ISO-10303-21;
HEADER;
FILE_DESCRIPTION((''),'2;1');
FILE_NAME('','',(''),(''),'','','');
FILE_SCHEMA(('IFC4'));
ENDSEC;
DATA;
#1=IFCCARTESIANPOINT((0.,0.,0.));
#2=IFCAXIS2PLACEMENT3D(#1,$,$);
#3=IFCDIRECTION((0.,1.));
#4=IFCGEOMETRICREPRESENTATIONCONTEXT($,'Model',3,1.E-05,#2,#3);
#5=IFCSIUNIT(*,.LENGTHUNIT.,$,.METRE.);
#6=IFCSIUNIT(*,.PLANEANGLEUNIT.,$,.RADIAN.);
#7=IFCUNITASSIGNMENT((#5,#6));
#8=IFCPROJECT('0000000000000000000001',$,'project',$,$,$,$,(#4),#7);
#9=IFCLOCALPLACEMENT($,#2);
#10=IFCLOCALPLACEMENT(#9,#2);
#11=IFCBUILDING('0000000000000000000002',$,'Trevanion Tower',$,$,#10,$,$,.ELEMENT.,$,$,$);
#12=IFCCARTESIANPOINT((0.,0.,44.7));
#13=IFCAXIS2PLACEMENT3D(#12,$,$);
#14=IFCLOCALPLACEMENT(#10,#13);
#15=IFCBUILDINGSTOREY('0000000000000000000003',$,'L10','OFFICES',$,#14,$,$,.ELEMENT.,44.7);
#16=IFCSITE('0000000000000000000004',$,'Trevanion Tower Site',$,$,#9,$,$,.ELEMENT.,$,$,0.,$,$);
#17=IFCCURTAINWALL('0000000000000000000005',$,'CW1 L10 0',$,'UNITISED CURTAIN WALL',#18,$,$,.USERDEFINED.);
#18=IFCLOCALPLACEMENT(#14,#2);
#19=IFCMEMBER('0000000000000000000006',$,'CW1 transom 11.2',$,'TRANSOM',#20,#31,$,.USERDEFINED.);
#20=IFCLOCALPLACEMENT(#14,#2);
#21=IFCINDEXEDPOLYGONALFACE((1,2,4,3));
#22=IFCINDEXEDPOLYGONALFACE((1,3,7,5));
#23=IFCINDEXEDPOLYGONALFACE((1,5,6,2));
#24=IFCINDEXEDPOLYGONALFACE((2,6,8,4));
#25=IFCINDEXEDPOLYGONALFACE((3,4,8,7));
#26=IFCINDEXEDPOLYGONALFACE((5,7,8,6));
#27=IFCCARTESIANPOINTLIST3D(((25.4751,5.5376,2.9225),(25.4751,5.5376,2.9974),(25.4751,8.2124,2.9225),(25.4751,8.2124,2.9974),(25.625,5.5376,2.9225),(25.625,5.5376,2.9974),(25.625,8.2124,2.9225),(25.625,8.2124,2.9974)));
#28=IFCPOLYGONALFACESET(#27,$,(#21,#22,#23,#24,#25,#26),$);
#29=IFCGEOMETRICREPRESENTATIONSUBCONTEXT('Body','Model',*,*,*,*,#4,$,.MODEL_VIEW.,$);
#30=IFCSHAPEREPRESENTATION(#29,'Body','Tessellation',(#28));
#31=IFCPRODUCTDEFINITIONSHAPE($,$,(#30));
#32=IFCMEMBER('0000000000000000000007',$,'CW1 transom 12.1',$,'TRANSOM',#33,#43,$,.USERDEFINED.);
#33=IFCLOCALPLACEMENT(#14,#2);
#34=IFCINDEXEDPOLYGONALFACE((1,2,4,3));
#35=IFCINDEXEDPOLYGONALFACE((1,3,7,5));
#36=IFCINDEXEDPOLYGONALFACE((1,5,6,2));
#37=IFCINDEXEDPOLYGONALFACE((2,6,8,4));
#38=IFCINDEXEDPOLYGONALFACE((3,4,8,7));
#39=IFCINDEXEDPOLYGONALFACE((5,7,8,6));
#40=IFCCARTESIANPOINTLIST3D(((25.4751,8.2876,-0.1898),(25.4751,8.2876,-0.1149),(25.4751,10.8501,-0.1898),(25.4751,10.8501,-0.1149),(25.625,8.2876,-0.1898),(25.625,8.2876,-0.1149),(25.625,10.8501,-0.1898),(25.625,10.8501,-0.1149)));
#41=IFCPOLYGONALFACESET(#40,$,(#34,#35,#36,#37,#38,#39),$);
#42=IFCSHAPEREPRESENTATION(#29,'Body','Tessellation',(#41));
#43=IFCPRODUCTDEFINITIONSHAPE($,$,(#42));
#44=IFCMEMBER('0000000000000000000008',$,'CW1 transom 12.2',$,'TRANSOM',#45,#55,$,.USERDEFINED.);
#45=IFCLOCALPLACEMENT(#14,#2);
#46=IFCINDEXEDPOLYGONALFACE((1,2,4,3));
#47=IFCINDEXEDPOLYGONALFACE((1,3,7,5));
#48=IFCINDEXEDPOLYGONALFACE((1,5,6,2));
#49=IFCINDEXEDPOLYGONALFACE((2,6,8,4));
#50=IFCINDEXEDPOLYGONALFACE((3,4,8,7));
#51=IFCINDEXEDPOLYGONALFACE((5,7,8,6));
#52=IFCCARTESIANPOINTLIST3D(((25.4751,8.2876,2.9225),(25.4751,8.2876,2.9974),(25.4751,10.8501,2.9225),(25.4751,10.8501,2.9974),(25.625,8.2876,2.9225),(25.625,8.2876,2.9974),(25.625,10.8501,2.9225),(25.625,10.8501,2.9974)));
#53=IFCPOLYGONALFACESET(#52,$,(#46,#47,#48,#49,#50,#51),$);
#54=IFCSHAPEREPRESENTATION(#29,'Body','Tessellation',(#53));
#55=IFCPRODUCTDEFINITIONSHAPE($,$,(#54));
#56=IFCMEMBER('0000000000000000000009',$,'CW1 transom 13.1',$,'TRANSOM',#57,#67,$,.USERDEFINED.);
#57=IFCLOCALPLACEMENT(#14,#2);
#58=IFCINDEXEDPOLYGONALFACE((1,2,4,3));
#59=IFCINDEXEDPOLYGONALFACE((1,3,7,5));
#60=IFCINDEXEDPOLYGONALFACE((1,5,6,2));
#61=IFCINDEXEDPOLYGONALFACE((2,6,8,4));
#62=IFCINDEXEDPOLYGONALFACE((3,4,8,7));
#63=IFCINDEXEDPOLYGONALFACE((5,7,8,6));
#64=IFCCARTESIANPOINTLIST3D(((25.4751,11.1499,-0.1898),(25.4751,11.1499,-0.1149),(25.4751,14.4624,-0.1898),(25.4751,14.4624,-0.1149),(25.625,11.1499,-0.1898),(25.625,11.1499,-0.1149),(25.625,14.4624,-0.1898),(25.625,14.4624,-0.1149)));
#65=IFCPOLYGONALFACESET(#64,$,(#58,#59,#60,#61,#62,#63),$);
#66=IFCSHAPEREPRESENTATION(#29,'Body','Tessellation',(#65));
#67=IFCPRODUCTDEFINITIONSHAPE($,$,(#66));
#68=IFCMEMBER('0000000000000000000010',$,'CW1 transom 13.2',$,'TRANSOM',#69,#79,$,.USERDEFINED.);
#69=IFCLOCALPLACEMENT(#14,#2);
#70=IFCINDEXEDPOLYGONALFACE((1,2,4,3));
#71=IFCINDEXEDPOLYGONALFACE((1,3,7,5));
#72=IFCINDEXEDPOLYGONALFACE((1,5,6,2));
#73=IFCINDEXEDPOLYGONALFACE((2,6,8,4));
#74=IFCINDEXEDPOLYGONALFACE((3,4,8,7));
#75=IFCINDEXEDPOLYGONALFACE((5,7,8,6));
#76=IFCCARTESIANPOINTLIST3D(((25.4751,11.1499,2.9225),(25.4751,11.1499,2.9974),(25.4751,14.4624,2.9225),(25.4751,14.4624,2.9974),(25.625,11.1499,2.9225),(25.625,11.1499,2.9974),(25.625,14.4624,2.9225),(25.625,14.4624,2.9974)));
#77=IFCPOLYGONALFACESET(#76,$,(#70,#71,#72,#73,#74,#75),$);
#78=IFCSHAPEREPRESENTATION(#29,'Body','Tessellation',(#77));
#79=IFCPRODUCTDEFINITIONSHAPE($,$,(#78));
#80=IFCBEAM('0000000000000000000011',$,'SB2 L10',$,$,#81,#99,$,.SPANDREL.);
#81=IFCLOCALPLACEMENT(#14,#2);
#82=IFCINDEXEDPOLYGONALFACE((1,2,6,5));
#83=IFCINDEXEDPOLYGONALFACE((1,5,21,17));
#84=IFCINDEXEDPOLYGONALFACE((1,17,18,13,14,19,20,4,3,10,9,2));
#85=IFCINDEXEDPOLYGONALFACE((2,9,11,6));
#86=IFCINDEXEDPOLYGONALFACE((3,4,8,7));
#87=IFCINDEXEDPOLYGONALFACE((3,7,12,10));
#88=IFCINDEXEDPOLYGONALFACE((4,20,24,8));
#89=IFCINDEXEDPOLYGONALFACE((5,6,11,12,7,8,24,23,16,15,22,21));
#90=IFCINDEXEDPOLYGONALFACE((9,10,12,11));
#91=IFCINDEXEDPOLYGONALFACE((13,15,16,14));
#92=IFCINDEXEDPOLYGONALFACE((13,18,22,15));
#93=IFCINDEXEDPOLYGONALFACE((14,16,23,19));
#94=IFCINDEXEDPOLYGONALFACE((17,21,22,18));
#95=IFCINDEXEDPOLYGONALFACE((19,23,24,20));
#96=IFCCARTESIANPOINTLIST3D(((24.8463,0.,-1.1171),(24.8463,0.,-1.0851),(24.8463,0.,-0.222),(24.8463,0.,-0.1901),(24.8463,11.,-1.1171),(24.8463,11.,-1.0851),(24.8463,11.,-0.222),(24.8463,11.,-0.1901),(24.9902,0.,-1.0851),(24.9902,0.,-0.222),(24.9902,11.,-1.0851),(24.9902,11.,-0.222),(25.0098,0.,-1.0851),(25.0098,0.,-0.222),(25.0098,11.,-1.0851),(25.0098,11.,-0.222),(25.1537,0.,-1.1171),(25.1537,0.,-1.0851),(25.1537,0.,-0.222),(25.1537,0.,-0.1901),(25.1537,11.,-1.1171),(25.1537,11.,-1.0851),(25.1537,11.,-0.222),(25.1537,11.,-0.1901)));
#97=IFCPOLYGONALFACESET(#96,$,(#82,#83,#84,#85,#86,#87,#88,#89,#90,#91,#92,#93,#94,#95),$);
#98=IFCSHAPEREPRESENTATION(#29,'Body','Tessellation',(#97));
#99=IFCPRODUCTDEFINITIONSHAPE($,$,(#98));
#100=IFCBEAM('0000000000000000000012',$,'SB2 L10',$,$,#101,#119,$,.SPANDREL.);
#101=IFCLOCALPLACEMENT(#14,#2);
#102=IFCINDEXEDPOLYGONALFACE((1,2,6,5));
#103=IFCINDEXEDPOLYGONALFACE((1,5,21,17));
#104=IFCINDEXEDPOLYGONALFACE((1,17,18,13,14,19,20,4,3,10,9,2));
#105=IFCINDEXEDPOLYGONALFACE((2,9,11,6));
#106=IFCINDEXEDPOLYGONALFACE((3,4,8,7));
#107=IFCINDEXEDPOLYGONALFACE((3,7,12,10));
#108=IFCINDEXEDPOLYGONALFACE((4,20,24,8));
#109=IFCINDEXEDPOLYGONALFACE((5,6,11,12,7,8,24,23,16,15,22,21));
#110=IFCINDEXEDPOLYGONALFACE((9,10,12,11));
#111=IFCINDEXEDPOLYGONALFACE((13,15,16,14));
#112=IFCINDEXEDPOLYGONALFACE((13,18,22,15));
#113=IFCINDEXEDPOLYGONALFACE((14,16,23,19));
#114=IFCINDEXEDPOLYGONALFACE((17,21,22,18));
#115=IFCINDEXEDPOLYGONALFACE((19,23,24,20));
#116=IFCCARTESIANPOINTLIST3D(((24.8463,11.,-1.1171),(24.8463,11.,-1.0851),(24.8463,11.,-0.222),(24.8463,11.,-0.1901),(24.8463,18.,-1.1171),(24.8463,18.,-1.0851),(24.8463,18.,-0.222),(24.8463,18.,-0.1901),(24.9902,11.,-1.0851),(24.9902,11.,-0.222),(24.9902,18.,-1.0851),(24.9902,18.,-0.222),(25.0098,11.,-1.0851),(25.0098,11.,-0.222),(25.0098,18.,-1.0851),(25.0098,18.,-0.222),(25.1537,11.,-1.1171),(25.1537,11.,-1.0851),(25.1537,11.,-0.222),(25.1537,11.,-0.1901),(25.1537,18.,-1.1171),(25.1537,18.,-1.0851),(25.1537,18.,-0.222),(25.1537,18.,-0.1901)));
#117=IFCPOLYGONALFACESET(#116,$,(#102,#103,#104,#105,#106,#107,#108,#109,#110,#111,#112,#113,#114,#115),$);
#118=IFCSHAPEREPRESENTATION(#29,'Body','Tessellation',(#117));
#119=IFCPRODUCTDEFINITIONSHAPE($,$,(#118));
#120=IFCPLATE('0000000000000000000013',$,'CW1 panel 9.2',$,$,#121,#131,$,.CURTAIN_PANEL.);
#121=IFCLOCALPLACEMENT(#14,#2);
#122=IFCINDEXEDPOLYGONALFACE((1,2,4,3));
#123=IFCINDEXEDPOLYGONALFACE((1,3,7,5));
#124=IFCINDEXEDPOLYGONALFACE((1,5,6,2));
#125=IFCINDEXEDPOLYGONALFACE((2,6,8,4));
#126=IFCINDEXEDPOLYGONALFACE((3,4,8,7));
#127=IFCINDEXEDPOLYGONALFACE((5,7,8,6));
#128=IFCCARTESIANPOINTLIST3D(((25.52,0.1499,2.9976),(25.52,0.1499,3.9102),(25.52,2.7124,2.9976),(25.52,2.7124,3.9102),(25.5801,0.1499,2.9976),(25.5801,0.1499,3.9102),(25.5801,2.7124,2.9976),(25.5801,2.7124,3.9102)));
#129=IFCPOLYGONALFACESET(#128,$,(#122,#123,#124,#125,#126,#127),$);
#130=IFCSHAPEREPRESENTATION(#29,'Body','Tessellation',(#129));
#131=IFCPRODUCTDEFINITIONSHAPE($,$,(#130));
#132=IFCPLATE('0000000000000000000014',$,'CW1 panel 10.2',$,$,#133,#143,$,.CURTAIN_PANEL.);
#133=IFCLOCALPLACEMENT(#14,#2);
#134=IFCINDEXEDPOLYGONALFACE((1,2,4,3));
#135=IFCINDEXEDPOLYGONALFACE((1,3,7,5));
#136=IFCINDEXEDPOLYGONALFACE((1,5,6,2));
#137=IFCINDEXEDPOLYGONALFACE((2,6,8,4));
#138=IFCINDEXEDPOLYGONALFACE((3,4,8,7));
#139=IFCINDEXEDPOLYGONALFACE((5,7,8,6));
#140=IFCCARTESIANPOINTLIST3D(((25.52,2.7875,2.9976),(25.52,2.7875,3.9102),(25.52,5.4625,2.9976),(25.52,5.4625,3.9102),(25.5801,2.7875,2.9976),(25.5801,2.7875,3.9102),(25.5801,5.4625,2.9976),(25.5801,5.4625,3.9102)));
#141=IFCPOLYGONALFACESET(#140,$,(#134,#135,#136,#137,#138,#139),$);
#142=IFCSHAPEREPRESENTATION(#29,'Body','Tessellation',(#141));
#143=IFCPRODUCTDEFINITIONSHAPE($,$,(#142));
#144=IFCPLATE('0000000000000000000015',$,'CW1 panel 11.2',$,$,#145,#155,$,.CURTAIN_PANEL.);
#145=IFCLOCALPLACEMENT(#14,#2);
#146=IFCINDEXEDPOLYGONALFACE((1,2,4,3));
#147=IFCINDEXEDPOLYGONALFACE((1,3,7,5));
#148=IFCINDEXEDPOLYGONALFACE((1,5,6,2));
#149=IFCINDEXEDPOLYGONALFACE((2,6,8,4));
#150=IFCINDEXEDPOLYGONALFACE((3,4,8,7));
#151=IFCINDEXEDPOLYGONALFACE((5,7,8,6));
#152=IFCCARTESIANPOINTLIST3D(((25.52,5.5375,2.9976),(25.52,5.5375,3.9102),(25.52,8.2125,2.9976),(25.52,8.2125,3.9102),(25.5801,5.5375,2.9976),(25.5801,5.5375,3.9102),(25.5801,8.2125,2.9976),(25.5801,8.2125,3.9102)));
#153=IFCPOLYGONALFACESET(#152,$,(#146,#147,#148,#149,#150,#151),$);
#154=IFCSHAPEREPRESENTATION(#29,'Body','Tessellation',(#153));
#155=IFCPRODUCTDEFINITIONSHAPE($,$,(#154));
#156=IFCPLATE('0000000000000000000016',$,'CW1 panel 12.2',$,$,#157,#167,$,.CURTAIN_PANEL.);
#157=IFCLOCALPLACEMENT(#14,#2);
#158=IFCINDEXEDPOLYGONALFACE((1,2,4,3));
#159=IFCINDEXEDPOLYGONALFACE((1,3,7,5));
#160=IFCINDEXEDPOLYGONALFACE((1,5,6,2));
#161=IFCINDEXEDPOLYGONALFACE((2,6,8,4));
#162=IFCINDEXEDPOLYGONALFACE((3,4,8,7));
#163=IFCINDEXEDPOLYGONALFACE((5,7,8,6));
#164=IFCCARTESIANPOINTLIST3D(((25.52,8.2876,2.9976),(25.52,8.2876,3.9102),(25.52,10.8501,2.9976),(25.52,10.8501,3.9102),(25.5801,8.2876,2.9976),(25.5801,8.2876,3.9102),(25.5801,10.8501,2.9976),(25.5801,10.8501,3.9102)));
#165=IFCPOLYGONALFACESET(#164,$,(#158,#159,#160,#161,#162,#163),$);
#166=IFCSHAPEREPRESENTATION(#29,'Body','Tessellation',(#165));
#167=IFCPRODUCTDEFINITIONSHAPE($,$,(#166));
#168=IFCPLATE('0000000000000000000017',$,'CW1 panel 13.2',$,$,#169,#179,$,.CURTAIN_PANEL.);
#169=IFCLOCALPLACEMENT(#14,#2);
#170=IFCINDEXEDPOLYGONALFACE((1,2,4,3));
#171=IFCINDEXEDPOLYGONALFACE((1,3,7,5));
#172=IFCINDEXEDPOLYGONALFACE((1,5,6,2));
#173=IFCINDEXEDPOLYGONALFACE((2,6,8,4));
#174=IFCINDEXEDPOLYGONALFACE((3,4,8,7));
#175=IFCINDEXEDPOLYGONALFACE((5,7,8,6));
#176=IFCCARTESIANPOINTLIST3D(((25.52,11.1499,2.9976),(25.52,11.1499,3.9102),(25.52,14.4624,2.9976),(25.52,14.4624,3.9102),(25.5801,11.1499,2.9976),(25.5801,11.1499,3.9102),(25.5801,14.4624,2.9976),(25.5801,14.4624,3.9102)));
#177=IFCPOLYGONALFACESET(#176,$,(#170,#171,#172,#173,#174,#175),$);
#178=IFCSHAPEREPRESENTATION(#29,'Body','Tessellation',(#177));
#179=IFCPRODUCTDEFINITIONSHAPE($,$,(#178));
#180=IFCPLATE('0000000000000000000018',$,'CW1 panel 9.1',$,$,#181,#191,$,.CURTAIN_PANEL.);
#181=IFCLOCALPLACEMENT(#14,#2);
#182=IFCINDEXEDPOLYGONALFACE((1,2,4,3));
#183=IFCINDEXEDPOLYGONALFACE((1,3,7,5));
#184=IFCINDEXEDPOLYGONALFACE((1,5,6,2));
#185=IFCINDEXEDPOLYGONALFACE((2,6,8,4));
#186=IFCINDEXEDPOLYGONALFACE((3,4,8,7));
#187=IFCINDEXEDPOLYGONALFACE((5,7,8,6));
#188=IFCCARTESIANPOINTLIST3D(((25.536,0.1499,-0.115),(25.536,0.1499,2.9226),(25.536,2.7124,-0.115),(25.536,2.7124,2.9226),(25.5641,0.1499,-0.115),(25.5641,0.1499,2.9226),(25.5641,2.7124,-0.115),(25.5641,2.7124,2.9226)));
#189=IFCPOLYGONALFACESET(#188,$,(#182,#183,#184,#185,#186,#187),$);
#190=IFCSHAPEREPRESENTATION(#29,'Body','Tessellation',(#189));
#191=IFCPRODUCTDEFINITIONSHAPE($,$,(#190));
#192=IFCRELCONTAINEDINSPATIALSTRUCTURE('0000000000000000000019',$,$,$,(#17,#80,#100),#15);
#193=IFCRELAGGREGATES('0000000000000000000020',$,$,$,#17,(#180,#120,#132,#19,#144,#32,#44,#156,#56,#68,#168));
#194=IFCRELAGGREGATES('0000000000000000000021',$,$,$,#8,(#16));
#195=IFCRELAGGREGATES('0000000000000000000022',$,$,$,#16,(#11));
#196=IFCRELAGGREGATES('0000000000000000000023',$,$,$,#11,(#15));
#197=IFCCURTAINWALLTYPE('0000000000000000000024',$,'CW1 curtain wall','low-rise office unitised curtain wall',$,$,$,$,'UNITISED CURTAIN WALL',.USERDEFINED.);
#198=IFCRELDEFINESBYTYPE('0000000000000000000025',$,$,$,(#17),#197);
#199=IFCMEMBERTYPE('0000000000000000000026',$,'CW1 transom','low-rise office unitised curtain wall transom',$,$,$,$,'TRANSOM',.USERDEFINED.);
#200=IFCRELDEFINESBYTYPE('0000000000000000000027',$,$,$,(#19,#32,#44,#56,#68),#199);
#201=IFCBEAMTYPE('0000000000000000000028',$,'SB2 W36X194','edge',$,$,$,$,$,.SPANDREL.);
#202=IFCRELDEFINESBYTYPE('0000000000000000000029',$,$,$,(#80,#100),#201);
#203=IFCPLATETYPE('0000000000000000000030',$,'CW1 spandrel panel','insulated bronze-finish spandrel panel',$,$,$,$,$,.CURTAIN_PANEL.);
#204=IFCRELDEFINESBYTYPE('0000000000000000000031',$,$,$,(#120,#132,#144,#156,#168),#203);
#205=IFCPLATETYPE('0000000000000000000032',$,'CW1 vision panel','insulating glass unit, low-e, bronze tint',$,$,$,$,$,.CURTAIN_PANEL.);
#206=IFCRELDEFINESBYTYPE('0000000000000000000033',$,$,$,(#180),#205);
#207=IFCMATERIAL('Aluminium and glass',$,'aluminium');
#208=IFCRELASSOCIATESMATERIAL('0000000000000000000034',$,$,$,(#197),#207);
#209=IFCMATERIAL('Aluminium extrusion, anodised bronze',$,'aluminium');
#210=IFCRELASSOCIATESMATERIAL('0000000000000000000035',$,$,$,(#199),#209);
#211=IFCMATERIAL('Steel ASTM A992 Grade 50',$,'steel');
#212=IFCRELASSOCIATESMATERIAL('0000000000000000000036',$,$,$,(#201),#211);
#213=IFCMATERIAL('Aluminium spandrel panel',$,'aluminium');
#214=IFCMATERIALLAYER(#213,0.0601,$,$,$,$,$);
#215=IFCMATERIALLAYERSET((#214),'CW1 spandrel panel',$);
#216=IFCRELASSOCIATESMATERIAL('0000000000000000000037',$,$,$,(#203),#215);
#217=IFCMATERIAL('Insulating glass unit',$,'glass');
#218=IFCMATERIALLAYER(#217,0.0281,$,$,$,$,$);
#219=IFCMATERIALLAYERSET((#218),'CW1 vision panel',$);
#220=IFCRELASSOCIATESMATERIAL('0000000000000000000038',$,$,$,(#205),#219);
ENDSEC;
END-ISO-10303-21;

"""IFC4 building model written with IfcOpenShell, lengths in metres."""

from ifc_helpers import new_model, si_unit, direction, frame, origin, origin_2d, place, context, subcontext, project, spatial, rectangle, i_section, extrude, material, layer, layer_set, material_profile, profile_set, type_object, element, aggregate, save


model = new_model("IFC4")

# Units and contexts
model_context = context("Model", 3, precision=1e-05, world=origin(), true_north=direction((0.0, 1.0)))
body_context = subcontext(model_context, "Body", "Model", "MODEL_VIEW")
ifc_project = project(units=[si_unit("LENGTHUNIT", "METRE"), si_unit("PLANEANGLEUNIT", "RADIAN")], contexts=[model_context])

# Site, building, storey
site_placement = place(None, origin())
site = spatial("IfcSite", under=ifc_project, at=site_placement, Name="Trevanion Tower Site", CompositionType="ELEMENT", RefElevation=0.0)
building_placement = place(site_placement, origin())
building = spatial("IfcBuilding", under=site, at=building_placement, Name="Trevanion Tower", CompositionType="ELEMENT")
storey_placement = place(building_placement, frame((0.0, 0.0, 44.7)))
storey = spatial("IfcBuildingStorey", under=building, at=storey_placement, Name="L10", Description="OFFICES", CompositionType="ELEMENT", Elevation=44.7)

# Curtain wall, members
ifc_material_1 = material(Name="Aluminium and glass", Category="aluminium")
curtain_wall_type = type_object("IfcCurtainWallType", Name="CW1 curtain wall", Description="low-rise office unitised curtain wall", ElementType="UNITISED CURTAIN WALL", PredefinedType="USERDEFINED", material=ifc_material_1)
curtain_wall_placement = place(storey_placement, origin())
curtain_wall = element("IfcCurtainWall", 1, at=curtain_wall_placement, inside=storey, type_object=curtain_wall_type, Name="CW1 L10 0", ObjectType="UNITISED CURTAIN WALL", PredefinedType="USERDEFINED")
ifc_material_2 = material(Name="Aluminium extrusion, anodised bronze", Category="aluminium")
ifc_material_profile_1 = material_profile(ifc_material_2, rectangle(XDim=0.1499, YDim=0.075, at=origin_2d()), Name="CW1 transom")
ifc_profile_set_1 = profile_set([ifc_material_profile_1], Name="Aluminium extrusion, anodised bronze")
member_type_1 = type_object("IfcMemberType", Name="CW1 transom", Description="low-rise office unitised curtain wall transom", ElementType="TRANSOM", PredefinedType="USERDEFINED", material=ifc_profile_set_1)
member_1_placement = place(storey_placement, frame((25.55, 5.5376, 2.96), z_axis=(0.0, 1.0, 0.0), x_axis=(-1.0, 0.0, 0.0)))
member_1 = element("IfcMember", 2, at=member_1_placement, type_object=member_type_1, Name="CW1 transom 11.2", ObjectType="TRANSOM", PredefinedType="USERDEFINED", context=body_context, shape_type="SweptSolid", body=[
    extrude(rectangle(XDim=0.1499, YDim=0.075, at=origin_2d()), origin(), (0.0, 0.0, 1.0), 2.6748),
])
member_2_placement = place(storey_placement, frame((25.55, 8.2876, -0.1523), z_axis=(0.0, 1.0, 0.0), x_axis=(-1.0, 0.0, 0.0)))
member_2 = element("IfcMember", 3, at=member_2_placement, type_object=member_type_1, Name="CW1 transom 12.1", ObjectType="TRANSOM", PredefinedType="USERDEFINED", context=body_context, shape_type="SweptSolid", body=[
    extrude(rectangle(XDim=0.1499, YDim=0.075, at=origin_2d()), origin(), (0.0, 0.0, 1.0), 2.5625),
])
member_3_placement = place(storey_placement, frame((25.55, 8.2876, 2.96), z_axis=(0.0, 1.0, 0.0), x_axis=(-1.0, 0.0, 0.0)))
member_3 = element("IfcMember", 4, at=member_3_placement, type_object=member_type_1, Name="CW1 transom 12.2", ObjectType="TRANSOM", PredefinedType="USERDEFINED", context=body_context, shape_type="SweptSolid", body=[
    extrude(rectangle(XDim=0.1499, YDim=0.075, at=origin_2d()), origin(), (0.0, 0.0, 1.0), 2.5625),
])
member_4_placement = place(storey_placement, frame((25.55, 11.1499, -0.1523), z_axis=(0.0, 1.0, 0.0), x_axis=(-1.0, 0.0, 0.0)))
member_4 = element("IfcMember", 5, at=member_4_placement, type_object=member_type_1, Name="CW1 transom 13.1", ObjectType="TRANSOM", PredefinedType="USERDEFINED", context=body_context, shape_type="SweptSolid", body=[
    extrude(rectangle(XDim=0.1499, YDim=0.075, at=origin_2d()), origin(), (0.0, 0.0, 1.0), 3.3125),
])
member_5_placement = place(storey_placement, frame((25.55, 11.1499, 2.96), z_axis=(0.0, 1.0, 0.0), x_axis=(-1.0, 0.0, 0.0)))
member_5 = element("IfcMember", 6, at=member_5_placement, type_object=member_type_1, Name="CW1 transom 13.2", ObjectType="TRANSOM", PredefinedType="USERDEFINED", context=body_context, shape_type="SweptSolid", body=[
    extrude(rectangle(XDim=0.1499, YDim=0.075, at=origin_2d()), origin(), (0.0, 0.0, 1.0), 3.3125),
])

# Beams
ifc_material_3 = material(Name="Steel ASTM A992 Grade 50", Category="steel")
ifc_material_profile_2 = material_profile(ifc_material_3, i_section(OverallWidth=0.3074, OverallDepth=0.927, WebThickness=0.0195, FlangeThickness=0.032, at=origin_2d()), Name="W36X194")
ifc_profile_set_2 = profile_set([ifc_material_profile_2], Name="Steel ASTM A992 Grade 50")
beam_type_1 = type_object("IfcBeamType", Name="SB2 W36X194", Description="edge", PredefinedType="SPANDREL", material=ifc_profile_set_2)
beam_1_placement = place(storey_placement, frame((25.0, 0.0, -0.6536), z_axis=(0.0, 1.0, 0.0), x_axis=(-1.0, 0.0, 0.0)))
element("IfcBeam", 7, at=beam_1_placement, inside=storey, type_object=beam_type_1, Name="SB2 L10", PredefinedType="SPANDREL", context=body_context, shape_type="SweptSolid", body=[
    extrude(i_section(OverallWidth=0.3074, OverallDepth=0.927, WebThickness=0.0195, FlangeThickness=0.032, at=origin_2d()), origin(), (0.0, 0.0, 1.0), 11.0),
])
beam_2_placement = place(storey_placement, frame((25.0, 11.0, -0.6536), z_axis=(0.0, 1.0, 0.0), x_axis=(-1.0, 0.0, 0.0)))
element("IfcBeam", 8, at=beam_2_placement, inside=storey, type_object=beam_type_1, Name="SB2 L10", PredefinedType="SPANDREL", context=body_context, shape_type="SweptSolid", body=[
    extrude(i_section(OverallWidth=0.3074, OverallDepth=0.927, WebThickness=0.0195, FlangeThickness=0.032, at=origin_2d()), origin(), (0.0, 0.0, 1.0), 7.0),
])

# Plates
ifc_material_4 = material(Name="Aluminium spandrel panel", Category="aluminium")
ifc_layer_1 = layer(ifc_material_4, 0.0601)
ifc_layer_set_1 = layer_set([ifc_layer_1], Name="CW1 spandrel panel")
plate_type_1 = type_object("IfcPlateType", Name="CW1 spandrel panel", Description="insulated bronze-finish spandrel panel", PredefinedType="CURTAIN_PANEL", material=ifc_layer_set_1)
plate_1_placement = place(storey_placement, frame((25.55, 1.4312, 2.9976), z_axis=(0.0, 0.0, 1.0), x_axis=(0.0, 1.0, 0.0)))
plate_1 = element("IfcPlate", 9, at=plate_1_placement, type_object=plate_type_1, Name="CW1 panel 9.2", PredefinedType="CURTAIN_PANEL", context=body_context, shape_type="SweptSolid", body=[
    extrude(rectangle(XDim=2.5625, YDim=0.0601, at=origin_2d()), origin(), (0.0, 0.0, 1.0), 0.9126),
])
plate_2_placement = place(storey_placement, frame((25.55, 4.125, 2.9976), z_axis=(0.0, 0.0, 1.0), x_axis=(0.0, 1.0, 0.0)))
plate_2 = element("IfcPlate", 10, at=plate_2_placement, type_object=plate_type_1, Name="CW1 panel 10.2", PredefinedType="CURTAIN_PANEL", context=body_context, shape_type="SweptSolid", body=[
    extrude(rectangle(XDim=2.675, YDim=0.0601, at=origin_2d()), origin(), (0.0, 0.0, 1.0), 0.9126),
])
plate_3_placement = place(storey_placement, frame((25.55, 6.875, 2.9976), z_axis=(0.0, 0.0, 1.0), x_axis=(0.0, 1.0, 0.0)))
plate_3 = element("IfcPlate", 11, at=plate_3_placement, type_object=plate_type_1, Name="CW1 panel 11.2", PredefinedType="CURTAIN_PANEL", context=body_context, shape_type="SweptSolid", body=[
    extrude(rectangle(XDim=2.675, YDim=0.0601, at=origin_2d()), origin(), (0.0, 0.0, 1.0), 0.9126),
])
plate_4_placement = place(storey_placement, frame((25.55, 9.5688, 2.9976), z_axis=(0.0, 0.0, 1.0), x_axis=(0.0, 1.0, 0.0)))
plate_4 = element("IfcPlate", 12, at=plate_4_placement, type_object=plate_type_1, Name="CW1 panel 12.2", PredefinedType="CURTAIN_PANEL", context=body_context, shape_type="SweptSolid", body=[
    extrude(rectangle(XDim=2.5625, YDim=0.0601, at=origin_2d()), origin(), (0.0, 0.0, 1.0), 0.9126),
])
plate_5_placement = place(storey_placement, frame((25.55, 12.8062, 2.9976), z_axis=(0.0, 0.0, 1.0), x_axis=(0.0, 1.0, 0.0)))
plate_5 = element("IfcPlate", 13, at=plate_5_placement, type_object=plate_type_1, Name="CW1 panel 13.2", PredefinedType="CURTAIN_PANEL", context=body_context, shape_type="SweptSolid", body=[
    extrude(rectangle(XDim=3.3125, YDim=0.0601, at=origin_2d()), origin(), (0.0, 0.0, 1.0), 0.9126),
])
ifc_material_5 = material(Name="Insulating glass unit", Category="glass")
ifc_layer_2 = layer(ifc_material_5, 0.0281)
ifc_layer_set_2 = layer_set([ifc_layer_2], Name="CW1 vision panel")
plate_type_2 = type_object("IfcPlateType", Name="CW1 vision panel", Description="insulating glass unit, low-e, bronze tint", PredefinedType="CURTAIN_PANEL", material=ifc_layer_set_2)
plate_6_placement = place(storey_placement, frame((25.55, 1.4312, -0.115), z_axis=(0.0, 0.0, 1.0), x_axis=(0.0, 1.0, 0.0)))
plate_6 = element("IfcPlate", 14, at=plate_6_placement, type_object=plate_type_2, Name="CW1 panel 9.1", PredefinedType="CURTAIN_PANEL", context=body_context, shape_type="SweptSolid", body=[
    extrude(rectangle(XDim=2.5625, YDim=0.0281, at=origin_2d()), origin(), (0.0, 0.0, 1.0), 3.0376),
])
aggregate(curtain_wall, [plate_6, plate_1, plate_2, member_1, plate_3, member_2, member_3, plate_4, member_4, member_5, plate_5])

save(model, "model.ifc")
